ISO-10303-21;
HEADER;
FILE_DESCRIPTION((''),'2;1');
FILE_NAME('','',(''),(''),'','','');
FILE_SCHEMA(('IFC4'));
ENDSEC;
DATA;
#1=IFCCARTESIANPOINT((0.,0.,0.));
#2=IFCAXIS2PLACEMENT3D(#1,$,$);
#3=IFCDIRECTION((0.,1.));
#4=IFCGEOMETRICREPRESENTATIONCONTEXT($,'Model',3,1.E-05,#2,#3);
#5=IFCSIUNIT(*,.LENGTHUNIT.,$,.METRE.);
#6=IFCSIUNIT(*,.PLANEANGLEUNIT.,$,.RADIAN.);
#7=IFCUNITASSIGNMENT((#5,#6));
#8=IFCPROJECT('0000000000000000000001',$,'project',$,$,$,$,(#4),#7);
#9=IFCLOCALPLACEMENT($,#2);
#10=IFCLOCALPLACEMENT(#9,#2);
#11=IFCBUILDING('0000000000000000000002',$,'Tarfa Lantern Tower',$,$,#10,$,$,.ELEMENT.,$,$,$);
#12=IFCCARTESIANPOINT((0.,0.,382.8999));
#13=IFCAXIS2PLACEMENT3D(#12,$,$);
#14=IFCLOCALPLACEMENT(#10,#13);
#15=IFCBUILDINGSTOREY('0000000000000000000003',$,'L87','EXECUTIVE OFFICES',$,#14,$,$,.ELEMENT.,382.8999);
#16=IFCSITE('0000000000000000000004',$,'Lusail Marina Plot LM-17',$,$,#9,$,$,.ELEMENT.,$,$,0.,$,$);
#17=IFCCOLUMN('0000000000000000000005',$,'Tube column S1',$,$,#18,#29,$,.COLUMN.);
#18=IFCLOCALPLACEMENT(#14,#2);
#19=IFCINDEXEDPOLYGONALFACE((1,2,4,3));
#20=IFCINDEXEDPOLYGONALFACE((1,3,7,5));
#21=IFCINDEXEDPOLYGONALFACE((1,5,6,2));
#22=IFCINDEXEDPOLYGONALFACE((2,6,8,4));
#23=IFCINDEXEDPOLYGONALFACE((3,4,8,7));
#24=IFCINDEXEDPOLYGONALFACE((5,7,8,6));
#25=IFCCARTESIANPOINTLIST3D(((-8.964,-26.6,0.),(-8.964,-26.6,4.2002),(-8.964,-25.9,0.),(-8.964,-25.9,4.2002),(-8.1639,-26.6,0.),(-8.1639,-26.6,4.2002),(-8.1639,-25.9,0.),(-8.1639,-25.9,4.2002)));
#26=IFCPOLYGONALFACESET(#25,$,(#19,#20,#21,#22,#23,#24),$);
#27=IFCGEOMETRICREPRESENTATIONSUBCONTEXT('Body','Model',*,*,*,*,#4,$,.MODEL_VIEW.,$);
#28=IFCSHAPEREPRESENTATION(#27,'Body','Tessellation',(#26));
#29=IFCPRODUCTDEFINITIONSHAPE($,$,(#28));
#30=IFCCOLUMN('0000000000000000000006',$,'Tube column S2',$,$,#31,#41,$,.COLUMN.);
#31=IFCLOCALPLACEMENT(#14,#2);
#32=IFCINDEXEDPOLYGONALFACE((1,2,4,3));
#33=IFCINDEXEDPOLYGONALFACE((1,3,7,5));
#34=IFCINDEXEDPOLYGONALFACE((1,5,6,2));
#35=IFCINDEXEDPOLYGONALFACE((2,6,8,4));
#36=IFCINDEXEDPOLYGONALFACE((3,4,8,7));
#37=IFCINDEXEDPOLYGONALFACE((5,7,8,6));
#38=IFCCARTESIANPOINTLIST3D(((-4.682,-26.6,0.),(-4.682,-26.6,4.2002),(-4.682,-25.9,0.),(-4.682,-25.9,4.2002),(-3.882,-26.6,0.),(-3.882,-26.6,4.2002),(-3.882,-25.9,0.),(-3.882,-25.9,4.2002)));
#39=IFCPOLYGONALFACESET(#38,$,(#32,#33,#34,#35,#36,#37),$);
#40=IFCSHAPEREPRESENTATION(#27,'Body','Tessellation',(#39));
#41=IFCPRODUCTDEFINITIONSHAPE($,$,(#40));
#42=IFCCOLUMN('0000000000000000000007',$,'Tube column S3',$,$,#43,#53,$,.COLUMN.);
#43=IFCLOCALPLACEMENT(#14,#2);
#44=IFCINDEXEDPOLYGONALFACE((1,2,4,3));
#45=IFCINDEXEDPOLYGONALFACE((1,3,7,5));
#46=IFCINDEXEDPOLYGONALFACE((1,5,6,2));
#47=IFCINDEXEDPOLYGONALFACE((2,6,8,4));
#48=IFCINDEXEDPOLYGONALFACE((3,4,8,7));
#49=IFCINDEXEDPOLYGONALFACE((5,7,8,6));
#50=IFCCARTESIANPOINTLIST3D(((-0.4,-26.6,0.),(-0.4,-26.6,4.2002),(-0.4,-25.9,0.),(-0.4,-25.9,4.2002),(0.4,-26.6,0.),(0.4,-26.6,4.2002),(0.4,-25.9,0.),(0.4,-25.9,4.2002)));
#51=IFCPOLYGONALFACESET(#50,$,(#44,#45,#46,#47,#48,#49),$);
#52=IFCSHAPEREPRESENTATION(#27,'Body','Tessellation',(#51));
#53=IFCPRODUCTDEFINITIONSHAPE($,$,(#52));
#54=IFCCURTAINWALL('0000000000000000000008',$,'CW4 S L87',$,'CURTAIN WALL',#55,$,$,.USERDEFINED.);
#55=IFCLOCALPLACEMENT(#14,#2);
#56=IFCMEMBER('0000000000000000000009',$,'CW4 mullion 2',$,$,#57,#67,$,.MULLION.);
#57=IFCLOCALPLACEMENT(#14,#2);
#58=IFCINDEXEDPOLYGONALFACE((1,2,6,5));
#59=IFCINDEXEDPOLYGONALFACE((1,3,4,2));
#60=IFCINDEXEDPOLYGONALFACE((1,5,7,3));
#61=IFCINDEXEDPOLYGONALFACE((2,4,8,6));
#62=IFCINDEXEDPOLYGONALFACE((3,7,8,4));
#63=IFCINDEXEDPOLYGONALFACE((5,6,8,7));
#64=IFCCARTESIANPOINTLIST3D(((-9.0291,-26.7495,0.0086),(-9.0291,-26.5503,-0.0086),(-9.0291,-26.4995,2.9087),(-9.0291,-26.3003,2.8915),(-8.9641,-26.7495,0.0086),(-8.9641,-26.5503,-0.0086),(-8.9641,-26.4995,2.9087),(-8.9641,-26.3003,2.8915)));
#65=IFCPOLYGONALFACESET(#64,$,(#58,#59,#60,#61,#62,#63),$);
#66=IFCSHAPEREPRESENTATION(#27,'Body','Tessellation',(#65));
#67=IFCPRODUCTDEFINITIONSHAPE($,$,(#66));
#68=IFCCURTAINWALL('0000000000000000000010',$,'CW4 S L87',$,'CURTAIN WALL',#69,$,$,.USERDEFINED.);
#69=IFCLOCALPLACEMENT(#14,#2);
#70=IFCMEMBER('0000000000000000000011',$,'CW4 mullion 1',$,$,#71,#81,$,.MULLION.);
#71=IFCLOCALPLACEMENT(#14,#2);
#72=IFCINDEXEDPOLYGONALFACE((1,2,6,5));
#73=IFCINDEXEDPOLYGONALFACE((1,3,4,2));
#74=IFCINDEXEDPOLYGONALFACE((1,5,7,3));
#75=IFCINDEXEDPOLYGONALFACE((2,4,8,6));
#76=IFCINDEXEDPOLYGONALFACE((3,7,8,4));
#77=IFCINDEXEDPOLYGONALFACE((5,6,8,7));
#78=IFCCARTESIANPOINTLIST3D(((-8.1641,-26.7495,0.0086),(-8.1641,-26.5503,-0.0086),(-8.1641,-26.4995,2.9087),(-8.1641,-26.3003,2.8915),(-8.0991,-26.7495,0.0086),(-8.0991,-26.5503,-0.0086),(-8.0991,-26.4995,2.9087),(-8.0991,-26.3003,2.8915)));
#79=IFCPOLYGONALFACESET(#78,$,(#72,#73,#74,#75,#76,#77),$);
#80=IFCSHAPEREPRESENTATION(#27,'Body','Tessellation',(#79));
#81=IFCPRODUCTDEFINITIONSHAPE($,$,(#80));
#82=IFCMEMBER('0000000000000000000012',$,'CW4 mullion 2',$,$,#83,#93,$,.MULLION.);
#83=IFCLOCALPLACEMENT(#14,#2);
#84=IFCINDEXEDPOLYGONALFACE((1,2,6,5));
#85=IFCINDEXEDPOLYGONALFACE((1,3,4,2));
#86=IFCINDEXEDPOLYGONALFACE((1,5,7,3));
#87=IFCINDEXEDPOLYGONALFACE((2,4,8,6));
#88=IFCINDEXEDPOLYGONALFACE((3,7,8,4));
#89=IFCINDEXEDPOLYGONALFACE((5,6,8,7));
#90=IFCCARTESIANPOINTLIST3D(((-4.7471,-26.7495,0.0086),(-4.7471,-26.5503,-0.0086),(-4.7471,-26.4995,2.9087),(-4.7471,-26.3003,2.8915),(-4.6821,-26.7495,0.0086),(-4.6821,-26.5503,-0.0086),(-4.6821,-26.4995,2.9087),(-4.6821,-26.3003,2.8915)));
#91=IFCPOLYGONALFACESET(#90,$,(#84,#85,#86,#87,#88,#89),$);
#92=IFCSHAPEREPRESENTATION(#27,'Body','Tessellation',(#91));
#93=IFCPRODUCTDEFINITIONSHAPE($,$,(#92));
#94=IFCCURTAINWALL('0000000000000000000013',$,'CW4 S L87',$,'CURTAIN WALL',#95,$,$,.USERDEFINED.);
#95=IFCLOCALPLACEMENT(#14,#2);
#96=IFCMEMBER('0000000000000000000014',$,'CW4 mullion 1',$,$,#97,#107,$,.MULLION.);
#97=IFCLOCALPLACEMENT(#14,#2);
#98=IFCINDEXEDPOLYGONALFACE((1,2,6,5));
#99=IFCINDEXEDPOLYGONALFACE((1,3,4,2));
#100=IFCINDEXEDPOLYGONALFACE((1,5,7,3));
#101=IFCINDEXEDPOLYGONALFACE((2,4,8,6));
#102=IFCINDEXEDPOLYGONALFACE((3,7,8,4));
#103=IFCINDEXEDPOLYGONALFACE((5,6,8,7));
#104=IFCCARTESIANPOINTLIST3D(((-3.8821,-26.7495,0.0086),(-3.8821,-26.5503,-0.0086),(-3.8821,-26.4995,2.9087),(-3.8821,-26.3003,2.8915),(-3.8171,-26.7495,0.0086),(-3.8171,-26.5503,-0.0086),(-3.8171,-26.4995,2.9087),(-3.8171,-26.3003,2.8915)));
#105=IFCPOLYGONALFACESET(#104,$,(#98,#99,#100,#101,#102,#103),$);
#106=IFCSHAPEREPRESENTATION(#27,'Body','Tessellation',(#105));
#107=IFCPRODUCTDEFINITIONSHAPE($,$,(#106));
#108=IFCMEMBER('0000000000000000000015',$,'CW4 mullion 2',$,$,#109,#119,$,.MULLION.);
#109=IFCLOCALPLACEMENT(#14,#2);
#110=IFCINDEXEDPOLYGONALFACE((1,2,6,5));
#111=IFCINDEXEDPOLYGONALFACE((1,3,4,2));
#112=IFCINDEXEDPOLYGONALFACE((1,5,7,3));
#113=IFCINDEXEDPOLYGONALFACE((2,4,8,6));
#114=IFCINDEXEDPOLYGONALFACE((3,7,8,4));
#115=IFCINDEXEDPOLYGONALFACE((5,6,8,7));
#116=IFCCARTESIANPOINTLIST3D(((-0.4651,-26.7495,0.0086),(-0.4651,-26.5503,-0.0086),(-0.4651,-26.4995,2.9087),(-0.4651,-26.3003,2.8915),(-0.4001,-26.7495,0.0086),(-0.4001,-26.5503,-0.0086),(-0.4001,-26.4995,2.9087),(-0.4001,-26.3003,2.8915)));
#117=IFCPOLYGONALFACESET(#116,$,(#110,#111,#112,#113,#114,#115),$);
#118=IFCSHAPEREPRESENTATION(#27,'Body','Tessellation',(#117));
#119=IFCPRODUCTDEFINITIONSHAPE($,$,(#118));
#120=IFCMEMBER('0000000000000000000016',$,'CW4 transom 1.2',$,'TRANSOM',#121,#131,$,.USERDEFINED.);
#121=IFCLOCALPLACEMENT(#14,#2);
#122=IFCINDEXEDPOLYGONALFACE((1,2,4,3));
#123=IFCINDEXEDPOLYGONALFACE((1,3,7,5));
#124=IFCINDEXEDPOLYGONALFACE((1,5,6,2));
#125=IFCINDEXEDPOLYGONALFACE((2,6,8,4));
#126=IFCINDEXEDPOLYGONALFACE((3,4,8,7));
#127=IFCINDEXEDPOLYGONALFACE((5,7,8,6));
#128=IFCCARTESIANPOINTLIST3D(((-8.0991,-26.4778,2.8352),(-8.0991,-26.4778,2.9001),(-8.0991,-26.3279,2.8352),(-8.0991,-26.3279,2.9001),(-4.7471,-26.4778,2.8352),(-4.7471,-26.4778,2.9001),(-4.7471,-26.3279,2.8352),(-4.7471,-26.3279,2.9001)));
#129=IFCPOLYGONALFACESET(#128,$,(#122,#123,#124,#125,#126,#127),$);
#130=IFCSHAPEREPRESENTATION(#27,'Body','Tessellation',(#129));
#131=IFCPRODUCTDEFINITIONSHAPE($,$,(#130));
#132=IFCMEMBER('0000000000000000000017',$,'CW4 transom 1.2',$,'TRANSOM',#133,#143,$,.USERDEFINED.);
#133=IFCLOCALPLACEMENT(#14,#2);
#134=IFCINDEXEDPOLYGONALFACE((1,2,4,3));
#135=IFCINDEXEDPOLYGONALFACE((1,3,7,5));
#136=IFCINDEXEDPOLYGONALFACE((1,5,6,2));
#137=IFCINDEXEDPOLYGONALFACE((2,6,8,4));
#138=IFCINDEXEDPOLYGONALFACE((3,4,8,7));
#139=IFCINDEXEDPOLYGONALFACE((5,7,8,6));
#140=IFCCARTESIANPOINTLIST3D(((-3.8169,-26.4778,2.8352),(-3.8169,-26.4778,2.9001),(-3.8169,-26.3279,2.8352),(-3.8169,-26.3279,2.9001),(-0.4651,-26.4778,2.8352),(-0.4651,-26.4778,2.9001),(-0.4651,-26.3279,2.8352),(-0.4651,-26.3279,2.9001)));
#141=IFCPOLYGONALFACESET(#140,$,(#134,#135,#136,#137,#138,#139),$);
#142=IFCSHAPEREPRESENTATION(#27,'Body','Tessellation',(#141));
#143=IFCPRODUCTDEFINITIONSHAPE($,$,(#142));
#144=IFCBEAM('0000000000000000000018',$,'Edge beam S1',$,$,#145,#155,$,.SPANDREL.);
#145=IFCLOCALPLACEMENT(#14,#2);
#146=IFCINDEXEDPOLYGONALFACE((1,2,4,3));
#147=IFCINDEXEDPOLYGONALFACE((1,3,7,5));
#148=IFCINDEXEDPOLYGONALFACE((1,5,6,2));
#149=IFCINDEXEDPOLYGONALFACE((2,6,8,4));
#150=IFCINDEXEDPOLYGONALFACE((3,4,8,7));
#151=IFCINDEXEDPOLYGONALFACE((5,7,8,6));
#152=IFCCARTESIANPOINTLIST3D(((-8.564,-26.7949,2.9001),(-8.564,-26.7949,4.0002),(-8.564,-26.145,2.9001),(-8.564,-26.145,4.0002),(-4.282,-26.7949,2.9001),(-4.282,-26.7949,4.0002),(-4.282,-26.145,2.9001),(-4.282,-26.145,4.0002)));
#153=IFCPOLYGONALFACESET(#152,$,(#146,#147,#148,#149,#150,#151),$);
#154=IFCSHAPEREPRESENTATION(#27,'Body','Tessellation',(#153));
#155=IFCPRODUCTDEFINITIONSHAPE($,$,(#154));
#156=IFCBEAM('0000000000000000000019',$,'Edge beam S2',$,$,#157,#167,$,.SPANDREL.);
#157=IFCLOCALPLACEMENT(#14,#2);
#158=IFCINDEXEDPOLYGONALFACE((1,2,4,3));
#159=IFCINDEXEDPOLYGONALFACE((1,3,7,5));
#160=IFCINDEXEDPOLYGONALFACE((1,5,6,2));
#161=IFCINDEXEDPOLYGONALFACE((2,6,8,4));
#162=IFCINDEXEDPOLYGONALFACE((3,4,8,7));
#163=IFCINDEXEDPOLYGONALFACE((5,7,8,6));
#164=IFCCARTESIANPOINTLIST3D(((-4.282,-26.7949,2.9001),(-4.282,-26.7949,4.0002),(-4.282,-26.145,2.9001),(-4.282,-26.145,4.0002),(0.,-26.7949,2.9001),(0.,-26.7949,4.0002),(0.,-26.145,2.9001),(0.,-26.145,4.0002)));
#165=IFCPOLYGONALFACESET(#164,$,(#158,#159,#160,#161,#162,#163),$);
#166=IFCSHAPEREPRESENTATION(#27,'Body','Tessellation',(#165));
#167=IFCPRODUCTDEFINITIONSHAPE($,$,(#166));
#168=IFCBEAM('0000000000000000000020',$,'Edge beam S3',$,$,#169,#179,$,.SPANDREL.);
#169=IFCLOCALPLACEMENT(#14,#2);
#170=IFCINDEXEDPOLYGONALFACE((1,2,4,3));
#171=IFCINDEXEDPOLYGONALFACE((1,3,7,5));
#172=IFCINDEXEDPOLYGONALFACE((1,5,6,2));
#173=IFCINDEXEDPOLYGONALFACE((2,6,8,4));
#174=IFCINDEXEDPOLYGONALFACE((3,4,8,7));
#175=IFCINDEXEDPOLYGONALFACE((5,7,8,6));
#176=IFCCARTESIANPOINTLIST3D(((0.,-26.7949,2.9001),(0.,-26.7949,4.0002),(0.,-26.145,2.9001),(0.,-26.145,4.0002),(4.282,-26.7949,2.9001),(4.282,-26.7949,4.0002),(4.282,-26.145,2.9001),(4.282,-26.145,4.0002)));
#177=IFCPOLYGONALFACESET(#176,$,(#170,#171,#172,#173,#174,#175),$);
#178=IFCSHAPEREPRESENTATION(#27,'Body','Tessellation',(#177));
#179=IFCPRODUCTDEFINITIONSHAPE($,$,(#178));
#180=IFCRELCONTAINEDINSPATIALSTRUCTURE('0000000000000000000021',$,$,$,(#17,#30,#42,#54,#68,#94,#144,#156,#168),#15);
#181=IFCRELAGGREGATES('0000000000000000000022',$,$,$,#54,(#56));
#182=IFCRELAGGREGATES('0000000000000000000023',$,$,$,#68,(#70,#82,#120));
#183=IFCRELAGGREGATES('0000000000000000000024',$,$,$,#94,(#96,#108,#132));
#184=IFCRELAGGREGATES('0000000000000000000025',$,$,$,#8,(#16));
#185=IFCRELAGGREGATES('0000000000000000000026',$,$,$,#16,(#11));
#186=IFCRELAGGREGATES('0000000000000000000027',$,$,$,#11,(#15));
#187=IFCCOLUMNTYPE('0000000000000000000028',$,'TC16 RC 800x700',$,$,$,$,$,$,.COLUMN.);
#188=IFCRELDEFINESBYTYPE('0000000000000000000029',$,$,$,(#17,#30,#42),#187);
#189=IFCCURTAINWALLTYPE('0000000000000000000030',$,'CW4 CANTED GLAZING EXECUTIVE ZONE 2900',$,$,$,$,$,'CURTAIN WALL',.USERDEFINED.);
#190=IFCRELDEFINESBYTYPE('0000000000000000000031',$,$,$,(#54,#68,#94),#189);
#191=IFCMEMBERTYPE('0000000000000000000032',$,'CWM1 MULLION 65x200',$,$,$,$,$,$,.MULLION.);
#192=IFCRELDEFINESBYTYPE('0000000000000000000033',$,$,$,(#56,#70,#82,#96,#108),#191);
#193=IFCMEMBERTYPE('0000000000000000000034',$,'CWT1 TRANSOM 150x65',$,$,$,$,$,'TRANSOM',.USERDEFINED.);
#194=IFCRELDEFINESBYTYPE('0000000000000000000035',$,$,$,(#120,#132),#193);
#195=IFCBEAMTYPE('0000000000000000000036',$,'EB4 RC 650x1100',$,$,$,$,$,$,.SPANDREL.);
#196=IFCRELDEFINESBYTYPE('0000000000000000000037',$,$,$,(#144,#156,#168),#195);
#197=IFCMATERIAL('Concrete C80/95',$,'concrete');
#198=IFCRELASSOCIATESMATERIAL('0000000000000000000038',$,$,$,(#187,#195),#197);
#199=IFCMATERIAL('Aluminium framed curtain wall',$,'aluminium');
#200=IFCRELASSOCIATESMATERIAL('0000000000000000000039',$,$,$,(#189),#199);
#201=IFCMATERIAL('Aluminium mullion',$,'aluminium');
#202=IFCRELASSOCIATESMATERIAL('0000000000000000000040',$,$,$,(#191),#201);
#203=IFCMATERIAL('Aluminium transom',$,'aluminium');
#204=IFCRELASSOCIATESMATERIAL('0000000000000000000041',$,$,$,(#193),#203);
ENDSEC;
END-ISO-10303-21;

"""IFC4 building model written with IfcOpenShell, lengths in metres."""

from ifc_helpers import new_model, si_unit, direction, frame, origin, origin_2d, place, context, subcontext, project, spatial, rectangle, extrude, material, material_profile, profile_set, type_object, element, aggregate, save


model = new_model("IFC4")

# Units and contexts
model_context = context("Model", 3, precision=1e-05, world=origin(), true_north=direction((0.0, 1.0)))
body_context = subcontext(model_context, "Body", "Model", "MODEL_VIEW")
ifc_project = project(units=[si_unit("LENGTHUNIT", "METRE"), si_unit("PLANEANGLEUNIT", "RADIAN")], contexts=[model_context])

# Site, building, storey
site_placement = place(None, origin())
site = spatial("IfcSite", under=ifc_project, at=site_placement, Name="Lusail Marina Plot LM-17", CompositionType="ELEMENT", RefElevation=0.0)
building_placement = place(site_placement, origin())
building = spatial("IfcBuilding", under=site, at=building_placement, Name="Tarfa Lantern Tower", CompositionType="ELEMENT")
storey_placement = place(building_placement, frame((0.0, 0.0, 382.8999)))
storey = spatial("IfcBuildingStorey", under=building, at=storey_placement, Name="L87", Description="EXECUTIVE OFFICES", CompositionType="ELEMENT", Elevation=382.8999)

# Columns
ifc_material_1 = material(Name="Concrete C80/95", Category="concrete")
ifc_material_profile_1 = material_profile(ifc_material_1, rectangle(XDim=0.8, YDim=0.7, at=origin_2d()), Name="RC 800x700")
ifc_profile_set_1 = profile_set([ifc_material_profile_1], Name="Concrete C80/95")
column_type = type_object("IfcColumnType", Name="TC16 RC 800x700", PredefinedType="COLUMN", material=ifc_profile_set_1)
for number, where, z_axis, x_axis, name in (
    (1, (-8.564, -26.25, 0.0), (0.0, 0.0, 1.0), (1.0, 0.0, 0.0), "Tube column S1"),
    (2, (-4.282, -26.25, 0.0), (0.0, 0.0, 1.0), (1.0, 0.0, 0.0), "Tube column S2"),
    (3, (0.0, -26.25, 0.0), (0.0, 0.0, 1.0), (1.0, 0.0, 0.0), "Tube column S3"),
):
    element("IfcColumn", number, at=place(storey_placement, frame(where, z_axis=z_axis, x_axis=x_axis)), inside=storey, type_object=column_type, Name=name, PredefinedType="COLUMN", context=body_context, shape_type="SweptSolid", body=[
        extrude(rectangle(XDim=0.8, YDim=0.7, at=origin_2d()), origin(), (0.0, 0.0, 1.0), 4.2002),
    ])

# Curtain wall, member
ifc_material_2 = material(Name="Aluminium framed curtain wall", Category="aluminium")
curtain_wall_type = type_object("IfcCurtainWallType", Name="CW4 CANTED GLAZING EXECUTIVE ZONE 2900", ElementType="CURTAIN WALL", PredefinedType="USERDEFINED", material=ifc_material_2)
curtain_wall_1_placement = place(storey_placement, origin())
curtain_wall_1 = element("IfcCurtainWall", 4, at=curtain_wall_1_placement, inside=storey, type_object=curtain_wall_type, Name="CW4 S L87", ObjectType="CURTAIN WALL", PredefinedType="USERDEFINED")
ifc_material_3 = material(Name="Aluminium mullion", Category="aluminium")
ifc_material_profile_2 = material_profile(ifc_material_3, rectangle(XDim=0.0649, YDim=0.2, at=origin_2d()), Name="AL MULLION 65x200")
ifc_profile_set_2 = profile_set([ifc_material_profile_2], Name="Aluminium mullion")
member_type_1 = type_object("IfcMemberType", Name="CWM1 MULLION 65x200", PredefinedType="MULLION", material=ifc_profile_set_2)
member_1_placement = place(storey_placement, frame((-8.9966, -26.6499, 0.0), z_axis=(0.0, 0.085884, 0.996305), x_axis=(-1.0, 0.0, 0.0)))
member_1 = element("IfcMember", 5, at=member_1_placement, type_object=member_type_1, Name="CW4 mullion 2", PredefinedType="MULLION", context=body_context, shape_type="SweptSolid", body=[
    extrude(rectangle(XDim=0.0649, YDim=0.2, at=origin_2d()), origin(), (0.0, 0.0, 1.0), 2.9109),
])
aggregate(curtain_wall_1, [member_1])

# Curtain walls, members
curtain_wall_2_placement = place(storey_placement, origin())
curtain_wall_2 = element("IfcCurtainWall", 6, at=curtain_wall_2_placement, inside=storey, type_object=curtain_wall_type, Name="CW4 S L87", ObjectType="CURTAIN WALL", PredefinedType="USERDEFINED")
member_2_placement = place(storey_placement, frame((-8.1316, -26.6499, 0.0), z_axis=(0.0, 0.085884, 0.996305), x_axis=(-1.0, 0.0, 0.0)))
member_2 = element("IfcMember", 7, at=member_2_placement, type_object=member_type_1, Name="CW4 mullion 1", PredefinedType="MULLION", context=body_context, shape_type="SweptSolid", body=[
    extrude(rectangle(XDim=0.0649, YDim=0.2, at=origin_2d()), origin(), (0.0, 0.0, 1.0), 2.9109),
])
member_3_placement = place(storey_placement, frame((-4.7146, -26.6499, 0.0), z_axis=(0.0, 0.085884, 0.996305), x_axis=(-1.0, 0.0, 0.0)))
member_3 = element("IfcMember", 8, at=member_3_placement, type_object=member_type_1, Name="CW4 mullion 2", PredefinedType="MULLION", context=body_context, shape_type="SweptSolid", body=[
    extrude(rectangle(XDim=0.0649, YDim=0.2, at=origin_2d()), origin(), (0.0, 0.0, 1.0), 2.9109),
])
curtain_wall_3_placement = place(storey_placement, origin())
curtain_wall_3 = element("IfcCurtainWall", 9, at=curtain_wall_3_placement, inside=storey, type_object=curtain_wall_type, Name="CW4 S L87", ObjectType="CURTAIN WALL", PredefinedType="USERDEFINED")
member_4_placement = place(storey_placement, frame((-3.8496, -26.6499, 0.0), z_axis=(0.0, 0.085884, 0.996305), x_axis=(-1.0, 0.0, 0.0)))
member_4 = element("IfcMember", 10, at=member_4_placement, type_object=member_type_1, Name="CW4 mullion 1", PredefinedType="MULLION", context=body_context, shape_type="SweptSolid", body=[
    extrude(rectangle(XDim=0.0649, YDim=0.2, at=origin_2d()), origin(), (0.0, 0.0, 1.0), 2.9109),
])
member_5_placement = place(storey_placement, frame((-0.4326, -26.6499, 0.0), z_axis=(0.0, 0.085884, 0.996305), x_axis=(-1.0, 0.0, 0.0)))
member_5 = element("IfcMember", 11, at=member_5_placement, type_object=member_type_1, Name="CW4 mullion 2", PredefinedType="MULLION", context=body_context, shape_type="SweptSolid", body=[
    extrude(rectangle(XDim=0.0649, YDim=0.2, at=origin_2d()), origin(), (0.0, 0.0, 1.0), 2.9109),
])

# Members
ifc_material_4 = material(Name="Aluminium transom", Category="aluminium")
ifc_material_profile_3 = material_profile(ifc_material_4, rectangle(XDim=0.1499, YDim=0.0649, at=origin_2d()), Name="AL TRANSOM 150x65")
ifc_profile_set_3 = profile_set([ifc_material_profile_3], Name="Aluminium transom")
member_type_2 = type_object("IfcMemberType", Name="CWT1 TRANSOM 150x65", ElementType="TRANSOM", PredefinedType="USERDEFINED", material=ifc_profile_set_3)
member_6_placement = place(storey_placement, frame((-8.0991, -26.4028, 2.8677), z_axis=(1.0, 0.0, 0.0), x_axis=(0.0, 1.0, 0.0)))
member_6 = element("IfcMember", 12, at=member_6_placement, type_object=member_type_2, Name="CW4 transom 1.2", ObjectType="TRANSOM", PredefinedType="USERDEFINED", context=body_context, shape_type="SweptSolid", body=[
    extrude(rectangle(XDim=0.1499, YDim=0.0649, at=origin_2d()), origin(), (0.0, 0.0, 1.0), 3.3521),
])
member_7_placement = place(storey_placement, frame((-3.8169, -26.4028, 2.8677), z_axis=(1.0, 0.0, 0.0), x_axis=(0.0, 1.0, 0.0)))
member_7 = element("IfcMember", 13, at=member_7_placement, type_object=member_type_2, Name="CW4 transom 1.2", ObjectType="TRANSOM", PredefinedType="USERDEFINED", context=body_context, shape_type="SweptSolid", body=[
    extrude(rectangle(XDim=0.1499, YDim=0.0649, at=origin_2d()), origin(), (0.0, 0.0, 1.0), 3.3518),
])

# Beams
ifc_material_profile_4 = material_profile(ifc_material_1, rectangle(XDim=0.6499, YDim=1.1001, at=origin_2d()), Name="RC 650x1100")
ifc_profile_set_4 = profile_set([ifc_material_profile_4], Name="Concrete C80/95")
beam_type_1 = type_object("IfcBeamType", Name="EB4 RC 650x1100", PredefinedType="SPANDREL", material=ifc_profile_set_4)
for number, where, z_axis, x_axis, name in (
    (14, (-8.564, -26.47, 3.4502), (1.0, 0.0, 0.0), (0.0, 1.0, 0.0), "Edge beam S1"),
    (15, (-4.282, -26.47, 3.4502), (1.0, 0.0, 0.0), (0.0, 1.0, 0.0), "Edge beam S2"),
    (16, (0.0, -26.47, 3.4502), (1.0, 0.0, 0.0), (0.0, 1.0, 0.0), "Edge beam S3"),
):
    element("IfcBeam", number, at=place(storey_placement, frame(where, z_axis=z_axis, x_axis=x_axis)), inside=storey, type_object=beam_type_1, Name=name, PredefinedType="SPANDREL", context=body_context, shape_type="SweptSolid", body=[
        extrude(rectangle(XDim=0.6499, YDim=1.1001, at=origin_2d()), origin(), (0.0, 0.0, 1.0), 4.282),
    ])

aggregate(curtain_wall_2, [member_2, member_3, member_6])
aggregate(curtain_wall_3, [member_4, member_5, member_7])

save(model, "model.ifc")
